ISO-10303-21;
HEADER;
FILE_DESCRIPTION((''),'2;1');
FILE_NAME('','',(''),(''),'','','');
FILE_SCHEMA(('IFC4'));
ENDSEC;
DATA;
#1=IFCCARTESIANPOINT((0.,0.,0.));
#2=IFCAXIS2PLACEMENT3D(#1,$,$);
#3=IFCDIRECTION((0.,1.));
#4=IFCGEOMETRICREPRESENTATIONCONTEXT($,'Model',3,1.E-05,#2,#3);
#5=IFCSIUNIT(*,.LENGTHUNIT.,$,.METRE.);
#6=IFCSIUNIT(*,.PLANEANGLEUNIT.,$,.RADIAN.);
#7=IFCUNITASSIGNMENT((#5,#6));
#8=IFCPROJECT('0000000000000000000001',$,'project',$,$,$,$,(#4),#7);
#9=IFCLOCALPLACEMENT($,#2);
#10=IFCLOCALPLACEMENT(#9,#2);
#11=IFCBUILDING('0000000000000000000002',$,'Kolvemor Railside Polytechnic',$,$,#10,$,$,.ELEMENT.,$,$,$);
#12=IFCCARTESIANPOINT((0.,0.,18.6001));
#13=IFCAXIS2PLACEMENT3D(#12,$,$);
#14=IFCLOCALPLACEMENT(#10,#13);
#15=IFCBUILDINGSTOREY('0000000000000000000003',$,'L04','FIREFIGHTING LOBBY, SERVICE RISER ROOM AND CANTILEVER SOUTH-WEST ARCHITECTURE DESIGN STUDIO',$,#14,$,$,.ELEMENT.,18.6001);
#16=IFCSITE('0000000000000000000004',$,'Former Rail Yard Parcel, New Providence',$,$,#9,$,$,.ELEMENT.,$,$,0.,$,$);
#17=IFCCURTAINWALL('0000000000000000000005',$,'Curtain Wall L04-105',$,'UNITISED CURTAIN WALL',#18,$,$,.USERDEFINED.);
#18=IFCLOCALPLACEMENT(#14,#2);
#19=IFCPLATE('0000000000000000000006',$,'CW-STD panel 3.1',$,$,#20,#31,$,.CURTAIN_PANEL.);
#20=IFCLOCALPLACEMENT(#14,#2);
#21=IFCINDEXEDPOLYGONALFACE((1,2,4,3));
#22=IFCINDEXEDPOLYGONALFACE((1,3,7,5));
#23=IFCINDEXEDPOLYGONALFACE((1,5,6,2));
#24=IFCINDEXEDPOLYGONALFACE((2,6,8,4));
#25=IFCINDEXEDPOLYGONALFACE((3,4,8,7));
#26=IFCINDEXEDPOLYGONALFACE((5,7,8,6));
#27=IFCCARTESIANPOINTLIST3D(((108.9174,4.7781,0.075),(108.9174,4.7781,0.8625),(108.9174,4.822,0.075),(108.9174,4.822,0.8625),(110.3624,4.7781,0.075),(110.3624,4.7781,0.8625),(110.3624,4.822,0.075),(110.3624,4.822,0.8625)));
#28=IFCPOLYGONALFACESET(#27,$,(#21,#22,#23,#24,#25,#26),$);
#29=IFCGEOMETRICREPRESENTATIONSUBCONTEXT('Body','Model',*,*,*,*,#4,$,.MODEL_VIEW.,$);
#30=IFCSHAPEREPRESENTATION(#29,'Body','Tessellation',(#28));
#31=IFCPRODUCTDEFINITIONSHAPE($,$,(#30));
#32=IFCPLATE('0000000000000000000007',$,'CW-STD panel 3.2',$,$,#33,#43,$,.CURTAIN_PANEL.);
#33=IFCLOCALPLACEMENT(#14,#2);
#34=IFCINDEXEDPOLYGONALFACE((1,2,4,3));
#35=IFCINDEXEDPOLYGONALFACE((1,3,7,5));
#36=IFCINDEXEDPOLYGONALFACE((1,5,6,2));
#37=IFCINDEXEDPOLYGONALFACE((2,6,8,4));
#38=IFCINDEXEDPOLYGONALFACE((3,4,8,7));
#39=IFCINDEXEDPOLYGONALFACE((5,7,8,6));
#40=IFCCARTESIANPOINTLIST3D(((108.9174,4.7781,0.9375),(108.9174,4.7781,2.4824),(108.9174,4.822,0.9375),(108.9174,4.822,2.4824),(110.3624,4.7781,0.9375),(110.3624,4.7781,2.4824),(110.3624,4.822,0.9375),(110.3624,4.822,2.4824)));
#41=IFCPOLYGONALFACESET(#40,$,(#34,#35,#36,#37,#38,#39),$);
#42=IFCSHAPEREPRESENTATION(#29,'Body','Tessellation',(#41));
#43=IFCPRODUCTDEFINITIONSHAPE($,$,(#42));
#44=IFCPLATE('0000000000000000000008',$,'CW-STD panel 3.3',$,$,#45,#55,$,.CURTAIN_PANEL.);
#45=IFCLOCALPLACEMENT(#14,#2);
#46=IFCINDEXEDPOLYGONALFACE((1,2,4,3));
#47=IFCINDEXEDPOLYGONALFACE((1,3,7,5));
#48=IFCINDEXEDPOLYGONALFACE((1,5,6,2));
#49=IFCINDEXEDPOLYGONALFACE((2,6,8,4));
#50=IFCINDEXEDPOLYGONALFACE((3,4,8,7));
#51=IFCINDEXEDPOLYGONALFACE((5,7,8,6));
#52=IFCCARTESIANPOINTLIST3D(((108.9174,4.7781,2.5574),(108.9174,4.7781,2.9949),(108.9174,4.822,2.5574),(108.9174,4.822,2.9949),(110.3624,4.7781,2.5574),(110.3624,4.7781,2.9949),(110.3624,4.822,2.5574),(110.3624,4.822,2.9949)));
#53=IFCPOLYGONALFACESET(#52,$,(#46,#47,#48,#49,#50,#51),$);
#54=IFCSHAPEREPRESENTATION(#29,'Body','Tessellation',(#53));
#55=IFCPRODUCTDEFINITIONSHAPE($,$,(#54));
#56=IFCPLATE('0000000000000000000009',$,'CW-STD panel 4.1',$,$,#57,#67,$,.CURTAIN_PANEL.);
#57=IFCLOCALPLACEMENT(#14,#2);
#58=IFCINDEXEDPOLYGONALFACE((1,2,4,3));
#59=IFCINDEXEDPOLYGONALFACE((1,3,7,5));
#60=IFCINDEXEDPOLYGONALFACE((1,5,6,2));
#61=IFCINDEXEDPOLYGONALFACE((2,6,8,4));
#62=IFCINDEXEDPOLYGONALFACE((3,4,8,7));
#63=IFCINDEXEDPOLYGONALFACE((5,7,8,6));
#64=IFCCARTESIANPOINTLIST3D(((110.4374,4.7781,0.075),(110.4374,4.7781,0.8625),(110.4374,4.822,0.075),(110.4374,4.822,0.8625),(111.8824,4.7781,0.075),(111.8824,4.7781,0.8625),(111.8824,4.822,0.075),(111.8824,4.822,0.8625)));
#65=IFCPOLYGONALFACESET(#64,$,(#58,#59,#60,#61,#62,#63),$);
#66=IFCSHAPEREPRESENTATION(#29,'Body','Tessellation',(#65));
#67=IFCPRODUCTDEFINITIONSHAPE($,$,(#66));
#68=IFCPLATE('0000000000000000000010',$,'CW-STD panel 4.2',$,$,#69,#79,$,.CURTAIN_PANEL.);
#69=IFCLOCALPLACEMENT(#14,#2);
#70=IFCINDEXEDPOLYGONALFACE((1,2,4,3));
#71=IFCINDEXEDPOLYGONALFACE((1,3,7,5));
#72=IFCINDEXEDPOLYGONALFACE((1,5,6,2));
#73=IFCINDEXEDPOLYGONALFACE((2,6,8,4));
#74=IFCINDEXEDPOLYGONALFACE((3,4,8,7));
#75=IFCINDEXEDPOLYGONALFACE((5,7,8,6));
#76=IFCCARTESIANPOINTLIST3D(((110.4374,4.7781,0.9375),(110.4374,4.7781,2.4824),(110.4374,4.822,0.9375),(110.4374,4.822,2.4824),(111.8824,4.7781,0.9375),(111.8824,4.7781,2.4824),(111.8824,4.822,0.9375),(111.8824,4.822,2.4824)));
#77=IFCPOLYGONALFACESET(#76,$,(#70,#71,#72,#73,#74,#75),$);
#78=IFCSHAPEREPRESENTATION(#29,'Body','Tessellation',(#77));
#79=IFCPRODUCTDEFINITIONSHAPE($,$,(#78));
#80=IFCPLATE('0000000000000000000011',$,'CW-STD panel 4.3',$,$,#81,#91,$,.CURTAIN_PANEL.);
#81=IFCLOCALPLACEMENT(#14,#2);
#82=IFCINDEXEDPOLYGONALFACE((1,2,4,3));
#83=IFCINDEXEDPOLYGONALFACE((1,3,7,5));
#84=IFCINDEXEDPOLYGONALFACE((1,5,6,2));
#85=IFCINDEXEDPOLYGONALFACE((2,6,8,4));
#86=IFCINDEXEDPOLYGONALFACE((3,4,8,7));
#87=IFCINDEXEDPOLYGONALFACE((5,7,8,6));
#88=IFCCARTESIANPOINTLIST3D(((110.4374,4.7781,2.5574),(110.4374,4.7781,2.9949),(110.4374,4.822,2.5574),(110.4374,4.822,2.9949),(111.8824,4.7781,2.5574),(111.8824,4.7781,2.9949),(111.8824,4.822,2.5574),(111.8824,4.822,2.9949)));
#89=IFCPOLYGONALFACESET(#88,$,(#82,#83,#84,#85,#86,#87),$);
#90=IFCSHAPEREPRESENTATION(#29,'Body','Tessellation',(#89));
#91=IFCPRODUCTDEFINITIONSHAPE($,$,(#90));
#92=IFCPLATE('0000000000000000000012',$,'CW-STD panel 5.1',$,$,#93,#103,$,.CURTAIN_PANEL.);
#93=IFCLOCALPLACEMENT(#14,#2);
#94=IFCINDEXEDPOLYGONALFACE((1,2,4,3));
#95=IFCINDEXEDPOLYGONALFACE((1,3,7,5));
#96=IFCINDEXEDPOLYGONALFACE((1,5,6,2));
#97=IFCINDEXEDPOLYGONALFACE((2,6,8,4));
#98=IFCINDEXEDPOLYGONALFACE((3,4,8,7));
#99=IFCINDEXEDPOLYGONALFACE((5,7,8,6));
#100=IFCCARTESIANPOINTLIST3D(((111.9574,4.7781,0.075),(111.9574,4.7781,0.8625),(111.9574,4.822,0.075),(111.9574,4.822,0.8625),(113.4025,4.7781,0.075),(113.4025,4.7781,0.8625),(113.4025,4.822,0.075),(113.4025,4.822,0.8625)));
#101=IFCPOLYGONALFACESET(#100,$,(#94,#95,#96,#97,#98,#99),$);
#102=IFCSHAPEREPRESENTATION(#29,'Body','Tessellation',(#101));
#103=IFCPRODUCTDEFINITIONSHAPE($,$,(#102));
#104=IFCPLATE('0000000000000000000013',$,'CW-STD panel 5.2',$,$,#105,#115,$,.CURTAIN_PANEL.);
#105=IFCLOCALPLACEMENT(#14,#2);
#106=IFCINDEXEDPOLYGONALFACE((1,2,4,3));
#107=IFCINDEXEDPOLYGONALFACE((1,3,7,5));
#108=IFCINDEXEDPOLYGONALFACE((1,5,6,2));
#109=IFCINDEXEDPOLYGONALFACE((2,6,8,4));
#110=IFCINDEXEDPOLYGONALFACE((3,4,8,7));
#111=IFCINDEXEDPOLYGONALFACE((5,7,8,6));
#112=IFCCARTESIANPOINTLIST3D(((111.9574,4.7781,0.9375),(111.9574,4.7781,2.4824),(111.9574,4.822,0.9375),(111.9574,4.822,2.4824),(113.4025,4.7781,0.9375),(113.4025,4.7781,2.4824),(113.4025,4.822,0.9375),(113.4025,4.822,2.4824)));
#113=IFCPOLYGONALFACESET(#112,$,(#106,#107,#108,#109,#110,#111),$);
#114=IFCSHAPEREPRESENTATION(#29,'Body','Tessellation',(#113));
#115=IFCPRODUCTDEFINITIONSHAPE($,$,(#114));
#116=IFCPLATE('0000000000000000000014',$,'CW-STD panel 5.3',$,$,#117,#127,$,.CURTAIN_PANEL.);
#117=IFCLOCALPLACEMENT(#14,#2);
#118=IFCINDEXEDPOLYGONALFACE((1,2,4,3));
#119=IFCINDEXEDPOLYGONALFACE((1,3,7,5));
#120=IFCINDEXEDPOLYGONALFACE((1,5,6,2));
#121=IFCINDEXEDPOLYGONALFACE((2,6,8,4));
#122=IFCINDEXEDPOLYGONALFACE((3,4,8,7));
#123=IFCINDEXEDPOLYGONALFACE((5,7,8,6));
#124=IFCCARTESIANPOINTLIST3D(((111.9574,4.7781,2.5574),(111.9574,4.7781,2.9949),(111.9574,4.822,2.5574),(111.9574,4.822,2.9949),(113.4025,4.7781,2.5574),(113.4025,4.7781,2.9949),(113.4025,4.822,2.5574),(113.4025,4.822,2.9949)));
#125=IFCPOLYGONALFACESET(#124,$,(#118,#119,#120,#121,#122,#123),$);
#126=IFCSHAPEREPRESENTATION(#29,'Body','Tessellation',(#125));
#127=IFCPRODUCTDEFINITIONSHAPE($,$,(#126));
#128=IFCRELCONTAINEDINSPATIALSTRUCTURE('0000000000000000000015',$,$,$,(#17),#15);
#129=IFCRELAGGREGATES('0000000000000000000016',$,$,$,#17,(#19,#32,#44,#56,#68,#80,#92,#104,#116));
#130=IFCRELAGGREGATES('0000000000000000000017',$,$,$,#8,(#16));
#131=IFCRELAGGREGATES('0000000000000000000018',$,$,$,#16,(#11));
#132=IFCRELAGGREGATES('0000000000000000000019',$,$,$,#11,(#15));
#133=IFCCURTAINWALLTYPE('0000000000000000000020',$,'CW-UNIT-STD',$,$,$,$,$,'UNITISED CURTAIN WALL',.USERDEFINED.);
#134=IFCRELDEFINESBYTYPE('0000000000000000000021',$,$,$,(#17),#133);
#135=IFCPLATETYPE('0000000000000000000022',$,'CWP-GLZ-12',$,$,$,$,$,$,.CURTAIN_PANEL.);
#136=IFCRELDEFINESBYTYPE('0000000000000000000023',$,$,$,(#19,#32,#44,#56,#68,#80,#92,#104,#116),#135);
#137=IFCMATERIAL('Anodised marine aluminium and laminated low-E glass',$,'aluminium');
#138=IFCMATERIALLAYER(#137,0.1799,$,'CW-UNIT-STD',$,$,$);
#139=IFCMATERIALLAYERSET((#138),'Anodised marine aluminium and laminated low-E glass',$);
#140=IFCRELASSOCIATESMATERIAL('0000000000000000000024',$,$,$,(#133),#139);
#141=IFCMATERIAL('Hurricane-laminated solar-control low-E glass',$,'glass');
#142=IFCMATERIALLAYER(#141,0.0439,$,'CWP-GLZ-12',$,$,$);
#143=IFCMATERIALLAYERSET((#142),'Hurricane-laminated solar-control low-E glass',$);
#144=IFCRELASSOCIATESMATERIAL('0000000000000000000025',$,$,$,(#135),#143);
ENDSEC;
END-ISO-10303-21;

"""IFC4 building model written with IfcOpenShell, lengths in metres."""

from ifc_helpers import new_model, si_unit, direction, frame, origin, origin_2d, place, context, subcontext, project, spatial, rectangle, extrude, material, layer, layer_set, type_object, element, aggregate, save


model = new_model("IFC4")

# Units and contexts
model_context = context("Model", 3, precision=1e-05, world=origin(), true_north=direction((0.0, 1.0)))
body_context = subcontext(model_context, "Body", "Model", "MODEL_VIEW")
ifc_project = project(units=[si_unit("LENGTHUNIT", "METRE"), si_unit("PLANEANGLEUNIT", "RADIAN")], contexts=[model_context])

# Site, building, storey
site_placement = place(None, origin())
site = spatial("IfcSite", under=ifc_project, at=site_placement, Name="Former Rail Yard Parcel, New Providence", CompositionType="ELEMENT", RefElevation=0.0)
building_placement = place(site_placement, origin())
building = spatial("IfcBuilding", under=site, at=building_placement, Name="Kolvemor Railside Polytechnic", CompositionType="ELEMENT")
storey_placement = place(building_placement, frame((0.0, 0.0, 18.6001)))
storey = spatial("IfcBuildingStorey", under=building, at=storey_placement, Name="L04", Description="FIREFIGHTING LOBBY, SERVICE RISER ROOM AND CANTILEVER SOUTH-WEST ARCHITECTURE DESIGN STUDIO", CompositionType="ELEMENT", Elevation=18.6001)

# Curtain wall, plates
ifc_material_1 = material(Name="Anodised marine aluminium and laminated low-E glass", Category="aluminium")
ifc_layer_1 = layer(ifc_material_1, 0.1799, Name="CW-UNIT-STD")
ifc_layer_set_1 = layer_set([ifc_layer_1], Name="Anodised marine aluminium and laminated low-E glass")
curtain_wall_type = type_object("IfcCurtainWallType", Name="CW-UNIT-STD", ElementType="UNITISED CURTAIN WALL", PredefinedType="USERDEFINED", material=ifc_layer_set_1)
curtain_wall_placement = place(storey_placement, origin())
curtain_wall = element("IfcCurtainWall", 1, at=curtain_wall_placement, inside=storey, type_object=curtain_wall_type, Name="Curtain Wall L04-105", ObjectType="UNITISED CURTAIN WALL", PredefinedType="USERDEFINED")
ifc_material_2 = material(Name="Hurricane-laminated solar-control low-E glass", Category="glass")
ifc_layer_2 = layer(ifc_material_2, 0.0439, Name="CWP-GLZ-12")
ifc_layer_set_2 = layer_set([ifc_layer_2], Name="Hurricane-laminated solar-control low-E glass")
plate_type = type_object("IfcPlateType", Name="CWP-GLZ-12", PredefinedType="CURTAIN_PANEL", material=ifc_layer_set_2)
plate_1_placement = place(storey_placement, frame((109.6399, 4.8, 0.075), z_axis=(0.0, 0.0, 1.0), x_axis=(1.0, 0.0, 0.0)))
plate_1 = element("IfcPlate", 2, at=plate_1_placement, type_object=plate_type, Name="CW-STD panel 3.1", PredefinedType="CURTAIN_PANEL", context=body_context, shape_type="SweptSolid", body=[
    extrude(rectangle(XDim=1.4451, YDim=0.0439, at=origin_2d()), origin(), (0.0, 0.0, 1.0), 0.7876),
])
plate_2_placement = place(storey_placement, frame((109.6399, 4.8, 0.9375), z_axis=(0.0, 0.0, 1.0), x_axis=(1.0, 0.0, 0.0)))
plate_2 = element("IfcPlate", 3, at=plate_2_placement, type_object=plate_type, Name="CW-STD panel 3.2", PredefinedType="CURTAIN_PANEL", context=body_context, shape_type="SweptSolid", body=[
    extrude(rectangle(XDim=1.4451, YDim=0.0439, at=origin_2d()), origin(), (0.0, 0.0, 1.0), 1.5449),
])
plate_3_placement = place(storey_placement, frame((109.6399, 4.8, 2.5574), z_axis=(0.0, 0.0, 1.0), x_axis=(1.0, 0.0, 0.0)))
plate_3 = element("IfcPlate", 4, at=plate_3_placement, type_object=plate_type, Name="CW-STD panel 3.3", PredefinedType="CURTAIN_PANEL", context=body_context, shape_type="SweptSolid", body=[
    extrude(rectangle(XDim=1.4451, YDim=0.0439, at=origin_2d()), origin(), (0.0, 0.0, 1.0), 0.4375),
])
plate_4_placement = place(storey_placement, frame((111.1599, 4.8, 0.075), z_axis=(0.0, 0.0, 1.0), x_axis=(1.0, 0.0, 0.0)))
plate_4 = element("IfcPlate", 5, at=plate_4_placement, type_object=plate_type, Name="CW-STD panel 4.1", PredefinedType="CURTAIN_PANEL", context=body_context, shape_type="SweptSolid", body=[
    extrude(rectangle(XDim=1.4451, YDim=0.0439, at=origin_2d()), origin(), (0.0, 0.0, 1.0), 0.7876),
])
plate_5_placement = place(storey_placement, frame((111.1599, 4.8, 0.9375), z_axis=(0.0, 0.0, 1.0), x_axis=(1.0, 0.0, 0.0)))
plate_5 = element("IfcPlate", 6, at=plate_5_placement, type_object=plate_type, Name="CW-STD panel 4.2", PredefinedType="CURTAIN_PANEL", context=body_context, shape_type="SweptSolid", body=[
    extrude(rectangle(XDim=1.4451, YDim=0.0439, at=origin_2d()), origin(), (0.0, 0.0, 1.0), 1.5449),
])
plate_6_placement = place(storey_placement, frame((111.1599, 4.8, 2.5574), z_axis=(0.0, 0.0, 1.0), x_axis=(1.0, 0.0, 0.0)))
plate_6 = element("IfcPlate", 7, at=plate_6_placement, type_object=plate_type, Name="CW-STD panel 4.3", PredefinedType="CURTAIN_PANEL", context=body_context, shape_type="SweptSolid", body=[
    extrude(rectangle(XDim=1.4451, YDim=0.0439, at=origin_2d()), origin(), (0.0, 0.0, 1.0), 0.4375),
])
plate_7_placement = place(storey_placement, frame((112.6799, 4.8, 0.075), z_axis=(0.0, 0.0, 1.0), x_axis=(1.0, 0.0, 0.0)))
plate_7 = element("IfcPlate", 8, at=plate_7_placement, type_object=plate_type, Name="CW-STD panel 5.1", PredefinedType="CURTAIN_PANEL", context=body_context, shape_type="SweptSolid", body=[
    extrude(rectangle(XDim=1.4451, YDim=0.0439, at=origin_2d()), origin(), (0.0, 0.0, 1.0), 0.7876),
])
plate_8_placement = place(storey_placement, frame((112.6799, 4.8, 0.9375), z_axis=(0.0, 0.0, 1.0), x_axis=(1.0, 0.0, 0.0)))
plate_8 = element("IfcPlate", 9, at=plate_8_placement, type_object=plate_type, Name="CW-STD panel 5.2", PredefinedType="CURTAIN_PANEL", context=body_context, shape_type="SweptSolid", body=[
    extrude(rectangle(XDim=1.4451, YDim=0.0439, at=origin_2d()), origin(), (0.0, 0.0, 1.0), 1.5449),
])
plate_9_placement = place(storey_placement, frame((112.6799, 4.8, 2.5574), z_axis=(0.0, 0.0, 1.0), x_axis=(1.0, 0.0, 0.0)))
plate_9 = element("IfcPlate", 10, at=plate_9_placement, type_object=plate_type, Name="CW-STD panel 5.3", PredefinedType="CURTAIN_PANEL", context=body_context, shape_type="SweptSolid", body=[
    extrude(rectangle(XDim=1.4451, YDim=0.0439, at=origin_2d()), origin(), (0.0, 0.0, 1.0), 0.4375),
])
aggregate(curtain_wall, [plate_1, plate_2, plate_3, plate_4, plate_5, plate_6, plate_7, plate_8, plate_9])

save(model, "model.ifc")
